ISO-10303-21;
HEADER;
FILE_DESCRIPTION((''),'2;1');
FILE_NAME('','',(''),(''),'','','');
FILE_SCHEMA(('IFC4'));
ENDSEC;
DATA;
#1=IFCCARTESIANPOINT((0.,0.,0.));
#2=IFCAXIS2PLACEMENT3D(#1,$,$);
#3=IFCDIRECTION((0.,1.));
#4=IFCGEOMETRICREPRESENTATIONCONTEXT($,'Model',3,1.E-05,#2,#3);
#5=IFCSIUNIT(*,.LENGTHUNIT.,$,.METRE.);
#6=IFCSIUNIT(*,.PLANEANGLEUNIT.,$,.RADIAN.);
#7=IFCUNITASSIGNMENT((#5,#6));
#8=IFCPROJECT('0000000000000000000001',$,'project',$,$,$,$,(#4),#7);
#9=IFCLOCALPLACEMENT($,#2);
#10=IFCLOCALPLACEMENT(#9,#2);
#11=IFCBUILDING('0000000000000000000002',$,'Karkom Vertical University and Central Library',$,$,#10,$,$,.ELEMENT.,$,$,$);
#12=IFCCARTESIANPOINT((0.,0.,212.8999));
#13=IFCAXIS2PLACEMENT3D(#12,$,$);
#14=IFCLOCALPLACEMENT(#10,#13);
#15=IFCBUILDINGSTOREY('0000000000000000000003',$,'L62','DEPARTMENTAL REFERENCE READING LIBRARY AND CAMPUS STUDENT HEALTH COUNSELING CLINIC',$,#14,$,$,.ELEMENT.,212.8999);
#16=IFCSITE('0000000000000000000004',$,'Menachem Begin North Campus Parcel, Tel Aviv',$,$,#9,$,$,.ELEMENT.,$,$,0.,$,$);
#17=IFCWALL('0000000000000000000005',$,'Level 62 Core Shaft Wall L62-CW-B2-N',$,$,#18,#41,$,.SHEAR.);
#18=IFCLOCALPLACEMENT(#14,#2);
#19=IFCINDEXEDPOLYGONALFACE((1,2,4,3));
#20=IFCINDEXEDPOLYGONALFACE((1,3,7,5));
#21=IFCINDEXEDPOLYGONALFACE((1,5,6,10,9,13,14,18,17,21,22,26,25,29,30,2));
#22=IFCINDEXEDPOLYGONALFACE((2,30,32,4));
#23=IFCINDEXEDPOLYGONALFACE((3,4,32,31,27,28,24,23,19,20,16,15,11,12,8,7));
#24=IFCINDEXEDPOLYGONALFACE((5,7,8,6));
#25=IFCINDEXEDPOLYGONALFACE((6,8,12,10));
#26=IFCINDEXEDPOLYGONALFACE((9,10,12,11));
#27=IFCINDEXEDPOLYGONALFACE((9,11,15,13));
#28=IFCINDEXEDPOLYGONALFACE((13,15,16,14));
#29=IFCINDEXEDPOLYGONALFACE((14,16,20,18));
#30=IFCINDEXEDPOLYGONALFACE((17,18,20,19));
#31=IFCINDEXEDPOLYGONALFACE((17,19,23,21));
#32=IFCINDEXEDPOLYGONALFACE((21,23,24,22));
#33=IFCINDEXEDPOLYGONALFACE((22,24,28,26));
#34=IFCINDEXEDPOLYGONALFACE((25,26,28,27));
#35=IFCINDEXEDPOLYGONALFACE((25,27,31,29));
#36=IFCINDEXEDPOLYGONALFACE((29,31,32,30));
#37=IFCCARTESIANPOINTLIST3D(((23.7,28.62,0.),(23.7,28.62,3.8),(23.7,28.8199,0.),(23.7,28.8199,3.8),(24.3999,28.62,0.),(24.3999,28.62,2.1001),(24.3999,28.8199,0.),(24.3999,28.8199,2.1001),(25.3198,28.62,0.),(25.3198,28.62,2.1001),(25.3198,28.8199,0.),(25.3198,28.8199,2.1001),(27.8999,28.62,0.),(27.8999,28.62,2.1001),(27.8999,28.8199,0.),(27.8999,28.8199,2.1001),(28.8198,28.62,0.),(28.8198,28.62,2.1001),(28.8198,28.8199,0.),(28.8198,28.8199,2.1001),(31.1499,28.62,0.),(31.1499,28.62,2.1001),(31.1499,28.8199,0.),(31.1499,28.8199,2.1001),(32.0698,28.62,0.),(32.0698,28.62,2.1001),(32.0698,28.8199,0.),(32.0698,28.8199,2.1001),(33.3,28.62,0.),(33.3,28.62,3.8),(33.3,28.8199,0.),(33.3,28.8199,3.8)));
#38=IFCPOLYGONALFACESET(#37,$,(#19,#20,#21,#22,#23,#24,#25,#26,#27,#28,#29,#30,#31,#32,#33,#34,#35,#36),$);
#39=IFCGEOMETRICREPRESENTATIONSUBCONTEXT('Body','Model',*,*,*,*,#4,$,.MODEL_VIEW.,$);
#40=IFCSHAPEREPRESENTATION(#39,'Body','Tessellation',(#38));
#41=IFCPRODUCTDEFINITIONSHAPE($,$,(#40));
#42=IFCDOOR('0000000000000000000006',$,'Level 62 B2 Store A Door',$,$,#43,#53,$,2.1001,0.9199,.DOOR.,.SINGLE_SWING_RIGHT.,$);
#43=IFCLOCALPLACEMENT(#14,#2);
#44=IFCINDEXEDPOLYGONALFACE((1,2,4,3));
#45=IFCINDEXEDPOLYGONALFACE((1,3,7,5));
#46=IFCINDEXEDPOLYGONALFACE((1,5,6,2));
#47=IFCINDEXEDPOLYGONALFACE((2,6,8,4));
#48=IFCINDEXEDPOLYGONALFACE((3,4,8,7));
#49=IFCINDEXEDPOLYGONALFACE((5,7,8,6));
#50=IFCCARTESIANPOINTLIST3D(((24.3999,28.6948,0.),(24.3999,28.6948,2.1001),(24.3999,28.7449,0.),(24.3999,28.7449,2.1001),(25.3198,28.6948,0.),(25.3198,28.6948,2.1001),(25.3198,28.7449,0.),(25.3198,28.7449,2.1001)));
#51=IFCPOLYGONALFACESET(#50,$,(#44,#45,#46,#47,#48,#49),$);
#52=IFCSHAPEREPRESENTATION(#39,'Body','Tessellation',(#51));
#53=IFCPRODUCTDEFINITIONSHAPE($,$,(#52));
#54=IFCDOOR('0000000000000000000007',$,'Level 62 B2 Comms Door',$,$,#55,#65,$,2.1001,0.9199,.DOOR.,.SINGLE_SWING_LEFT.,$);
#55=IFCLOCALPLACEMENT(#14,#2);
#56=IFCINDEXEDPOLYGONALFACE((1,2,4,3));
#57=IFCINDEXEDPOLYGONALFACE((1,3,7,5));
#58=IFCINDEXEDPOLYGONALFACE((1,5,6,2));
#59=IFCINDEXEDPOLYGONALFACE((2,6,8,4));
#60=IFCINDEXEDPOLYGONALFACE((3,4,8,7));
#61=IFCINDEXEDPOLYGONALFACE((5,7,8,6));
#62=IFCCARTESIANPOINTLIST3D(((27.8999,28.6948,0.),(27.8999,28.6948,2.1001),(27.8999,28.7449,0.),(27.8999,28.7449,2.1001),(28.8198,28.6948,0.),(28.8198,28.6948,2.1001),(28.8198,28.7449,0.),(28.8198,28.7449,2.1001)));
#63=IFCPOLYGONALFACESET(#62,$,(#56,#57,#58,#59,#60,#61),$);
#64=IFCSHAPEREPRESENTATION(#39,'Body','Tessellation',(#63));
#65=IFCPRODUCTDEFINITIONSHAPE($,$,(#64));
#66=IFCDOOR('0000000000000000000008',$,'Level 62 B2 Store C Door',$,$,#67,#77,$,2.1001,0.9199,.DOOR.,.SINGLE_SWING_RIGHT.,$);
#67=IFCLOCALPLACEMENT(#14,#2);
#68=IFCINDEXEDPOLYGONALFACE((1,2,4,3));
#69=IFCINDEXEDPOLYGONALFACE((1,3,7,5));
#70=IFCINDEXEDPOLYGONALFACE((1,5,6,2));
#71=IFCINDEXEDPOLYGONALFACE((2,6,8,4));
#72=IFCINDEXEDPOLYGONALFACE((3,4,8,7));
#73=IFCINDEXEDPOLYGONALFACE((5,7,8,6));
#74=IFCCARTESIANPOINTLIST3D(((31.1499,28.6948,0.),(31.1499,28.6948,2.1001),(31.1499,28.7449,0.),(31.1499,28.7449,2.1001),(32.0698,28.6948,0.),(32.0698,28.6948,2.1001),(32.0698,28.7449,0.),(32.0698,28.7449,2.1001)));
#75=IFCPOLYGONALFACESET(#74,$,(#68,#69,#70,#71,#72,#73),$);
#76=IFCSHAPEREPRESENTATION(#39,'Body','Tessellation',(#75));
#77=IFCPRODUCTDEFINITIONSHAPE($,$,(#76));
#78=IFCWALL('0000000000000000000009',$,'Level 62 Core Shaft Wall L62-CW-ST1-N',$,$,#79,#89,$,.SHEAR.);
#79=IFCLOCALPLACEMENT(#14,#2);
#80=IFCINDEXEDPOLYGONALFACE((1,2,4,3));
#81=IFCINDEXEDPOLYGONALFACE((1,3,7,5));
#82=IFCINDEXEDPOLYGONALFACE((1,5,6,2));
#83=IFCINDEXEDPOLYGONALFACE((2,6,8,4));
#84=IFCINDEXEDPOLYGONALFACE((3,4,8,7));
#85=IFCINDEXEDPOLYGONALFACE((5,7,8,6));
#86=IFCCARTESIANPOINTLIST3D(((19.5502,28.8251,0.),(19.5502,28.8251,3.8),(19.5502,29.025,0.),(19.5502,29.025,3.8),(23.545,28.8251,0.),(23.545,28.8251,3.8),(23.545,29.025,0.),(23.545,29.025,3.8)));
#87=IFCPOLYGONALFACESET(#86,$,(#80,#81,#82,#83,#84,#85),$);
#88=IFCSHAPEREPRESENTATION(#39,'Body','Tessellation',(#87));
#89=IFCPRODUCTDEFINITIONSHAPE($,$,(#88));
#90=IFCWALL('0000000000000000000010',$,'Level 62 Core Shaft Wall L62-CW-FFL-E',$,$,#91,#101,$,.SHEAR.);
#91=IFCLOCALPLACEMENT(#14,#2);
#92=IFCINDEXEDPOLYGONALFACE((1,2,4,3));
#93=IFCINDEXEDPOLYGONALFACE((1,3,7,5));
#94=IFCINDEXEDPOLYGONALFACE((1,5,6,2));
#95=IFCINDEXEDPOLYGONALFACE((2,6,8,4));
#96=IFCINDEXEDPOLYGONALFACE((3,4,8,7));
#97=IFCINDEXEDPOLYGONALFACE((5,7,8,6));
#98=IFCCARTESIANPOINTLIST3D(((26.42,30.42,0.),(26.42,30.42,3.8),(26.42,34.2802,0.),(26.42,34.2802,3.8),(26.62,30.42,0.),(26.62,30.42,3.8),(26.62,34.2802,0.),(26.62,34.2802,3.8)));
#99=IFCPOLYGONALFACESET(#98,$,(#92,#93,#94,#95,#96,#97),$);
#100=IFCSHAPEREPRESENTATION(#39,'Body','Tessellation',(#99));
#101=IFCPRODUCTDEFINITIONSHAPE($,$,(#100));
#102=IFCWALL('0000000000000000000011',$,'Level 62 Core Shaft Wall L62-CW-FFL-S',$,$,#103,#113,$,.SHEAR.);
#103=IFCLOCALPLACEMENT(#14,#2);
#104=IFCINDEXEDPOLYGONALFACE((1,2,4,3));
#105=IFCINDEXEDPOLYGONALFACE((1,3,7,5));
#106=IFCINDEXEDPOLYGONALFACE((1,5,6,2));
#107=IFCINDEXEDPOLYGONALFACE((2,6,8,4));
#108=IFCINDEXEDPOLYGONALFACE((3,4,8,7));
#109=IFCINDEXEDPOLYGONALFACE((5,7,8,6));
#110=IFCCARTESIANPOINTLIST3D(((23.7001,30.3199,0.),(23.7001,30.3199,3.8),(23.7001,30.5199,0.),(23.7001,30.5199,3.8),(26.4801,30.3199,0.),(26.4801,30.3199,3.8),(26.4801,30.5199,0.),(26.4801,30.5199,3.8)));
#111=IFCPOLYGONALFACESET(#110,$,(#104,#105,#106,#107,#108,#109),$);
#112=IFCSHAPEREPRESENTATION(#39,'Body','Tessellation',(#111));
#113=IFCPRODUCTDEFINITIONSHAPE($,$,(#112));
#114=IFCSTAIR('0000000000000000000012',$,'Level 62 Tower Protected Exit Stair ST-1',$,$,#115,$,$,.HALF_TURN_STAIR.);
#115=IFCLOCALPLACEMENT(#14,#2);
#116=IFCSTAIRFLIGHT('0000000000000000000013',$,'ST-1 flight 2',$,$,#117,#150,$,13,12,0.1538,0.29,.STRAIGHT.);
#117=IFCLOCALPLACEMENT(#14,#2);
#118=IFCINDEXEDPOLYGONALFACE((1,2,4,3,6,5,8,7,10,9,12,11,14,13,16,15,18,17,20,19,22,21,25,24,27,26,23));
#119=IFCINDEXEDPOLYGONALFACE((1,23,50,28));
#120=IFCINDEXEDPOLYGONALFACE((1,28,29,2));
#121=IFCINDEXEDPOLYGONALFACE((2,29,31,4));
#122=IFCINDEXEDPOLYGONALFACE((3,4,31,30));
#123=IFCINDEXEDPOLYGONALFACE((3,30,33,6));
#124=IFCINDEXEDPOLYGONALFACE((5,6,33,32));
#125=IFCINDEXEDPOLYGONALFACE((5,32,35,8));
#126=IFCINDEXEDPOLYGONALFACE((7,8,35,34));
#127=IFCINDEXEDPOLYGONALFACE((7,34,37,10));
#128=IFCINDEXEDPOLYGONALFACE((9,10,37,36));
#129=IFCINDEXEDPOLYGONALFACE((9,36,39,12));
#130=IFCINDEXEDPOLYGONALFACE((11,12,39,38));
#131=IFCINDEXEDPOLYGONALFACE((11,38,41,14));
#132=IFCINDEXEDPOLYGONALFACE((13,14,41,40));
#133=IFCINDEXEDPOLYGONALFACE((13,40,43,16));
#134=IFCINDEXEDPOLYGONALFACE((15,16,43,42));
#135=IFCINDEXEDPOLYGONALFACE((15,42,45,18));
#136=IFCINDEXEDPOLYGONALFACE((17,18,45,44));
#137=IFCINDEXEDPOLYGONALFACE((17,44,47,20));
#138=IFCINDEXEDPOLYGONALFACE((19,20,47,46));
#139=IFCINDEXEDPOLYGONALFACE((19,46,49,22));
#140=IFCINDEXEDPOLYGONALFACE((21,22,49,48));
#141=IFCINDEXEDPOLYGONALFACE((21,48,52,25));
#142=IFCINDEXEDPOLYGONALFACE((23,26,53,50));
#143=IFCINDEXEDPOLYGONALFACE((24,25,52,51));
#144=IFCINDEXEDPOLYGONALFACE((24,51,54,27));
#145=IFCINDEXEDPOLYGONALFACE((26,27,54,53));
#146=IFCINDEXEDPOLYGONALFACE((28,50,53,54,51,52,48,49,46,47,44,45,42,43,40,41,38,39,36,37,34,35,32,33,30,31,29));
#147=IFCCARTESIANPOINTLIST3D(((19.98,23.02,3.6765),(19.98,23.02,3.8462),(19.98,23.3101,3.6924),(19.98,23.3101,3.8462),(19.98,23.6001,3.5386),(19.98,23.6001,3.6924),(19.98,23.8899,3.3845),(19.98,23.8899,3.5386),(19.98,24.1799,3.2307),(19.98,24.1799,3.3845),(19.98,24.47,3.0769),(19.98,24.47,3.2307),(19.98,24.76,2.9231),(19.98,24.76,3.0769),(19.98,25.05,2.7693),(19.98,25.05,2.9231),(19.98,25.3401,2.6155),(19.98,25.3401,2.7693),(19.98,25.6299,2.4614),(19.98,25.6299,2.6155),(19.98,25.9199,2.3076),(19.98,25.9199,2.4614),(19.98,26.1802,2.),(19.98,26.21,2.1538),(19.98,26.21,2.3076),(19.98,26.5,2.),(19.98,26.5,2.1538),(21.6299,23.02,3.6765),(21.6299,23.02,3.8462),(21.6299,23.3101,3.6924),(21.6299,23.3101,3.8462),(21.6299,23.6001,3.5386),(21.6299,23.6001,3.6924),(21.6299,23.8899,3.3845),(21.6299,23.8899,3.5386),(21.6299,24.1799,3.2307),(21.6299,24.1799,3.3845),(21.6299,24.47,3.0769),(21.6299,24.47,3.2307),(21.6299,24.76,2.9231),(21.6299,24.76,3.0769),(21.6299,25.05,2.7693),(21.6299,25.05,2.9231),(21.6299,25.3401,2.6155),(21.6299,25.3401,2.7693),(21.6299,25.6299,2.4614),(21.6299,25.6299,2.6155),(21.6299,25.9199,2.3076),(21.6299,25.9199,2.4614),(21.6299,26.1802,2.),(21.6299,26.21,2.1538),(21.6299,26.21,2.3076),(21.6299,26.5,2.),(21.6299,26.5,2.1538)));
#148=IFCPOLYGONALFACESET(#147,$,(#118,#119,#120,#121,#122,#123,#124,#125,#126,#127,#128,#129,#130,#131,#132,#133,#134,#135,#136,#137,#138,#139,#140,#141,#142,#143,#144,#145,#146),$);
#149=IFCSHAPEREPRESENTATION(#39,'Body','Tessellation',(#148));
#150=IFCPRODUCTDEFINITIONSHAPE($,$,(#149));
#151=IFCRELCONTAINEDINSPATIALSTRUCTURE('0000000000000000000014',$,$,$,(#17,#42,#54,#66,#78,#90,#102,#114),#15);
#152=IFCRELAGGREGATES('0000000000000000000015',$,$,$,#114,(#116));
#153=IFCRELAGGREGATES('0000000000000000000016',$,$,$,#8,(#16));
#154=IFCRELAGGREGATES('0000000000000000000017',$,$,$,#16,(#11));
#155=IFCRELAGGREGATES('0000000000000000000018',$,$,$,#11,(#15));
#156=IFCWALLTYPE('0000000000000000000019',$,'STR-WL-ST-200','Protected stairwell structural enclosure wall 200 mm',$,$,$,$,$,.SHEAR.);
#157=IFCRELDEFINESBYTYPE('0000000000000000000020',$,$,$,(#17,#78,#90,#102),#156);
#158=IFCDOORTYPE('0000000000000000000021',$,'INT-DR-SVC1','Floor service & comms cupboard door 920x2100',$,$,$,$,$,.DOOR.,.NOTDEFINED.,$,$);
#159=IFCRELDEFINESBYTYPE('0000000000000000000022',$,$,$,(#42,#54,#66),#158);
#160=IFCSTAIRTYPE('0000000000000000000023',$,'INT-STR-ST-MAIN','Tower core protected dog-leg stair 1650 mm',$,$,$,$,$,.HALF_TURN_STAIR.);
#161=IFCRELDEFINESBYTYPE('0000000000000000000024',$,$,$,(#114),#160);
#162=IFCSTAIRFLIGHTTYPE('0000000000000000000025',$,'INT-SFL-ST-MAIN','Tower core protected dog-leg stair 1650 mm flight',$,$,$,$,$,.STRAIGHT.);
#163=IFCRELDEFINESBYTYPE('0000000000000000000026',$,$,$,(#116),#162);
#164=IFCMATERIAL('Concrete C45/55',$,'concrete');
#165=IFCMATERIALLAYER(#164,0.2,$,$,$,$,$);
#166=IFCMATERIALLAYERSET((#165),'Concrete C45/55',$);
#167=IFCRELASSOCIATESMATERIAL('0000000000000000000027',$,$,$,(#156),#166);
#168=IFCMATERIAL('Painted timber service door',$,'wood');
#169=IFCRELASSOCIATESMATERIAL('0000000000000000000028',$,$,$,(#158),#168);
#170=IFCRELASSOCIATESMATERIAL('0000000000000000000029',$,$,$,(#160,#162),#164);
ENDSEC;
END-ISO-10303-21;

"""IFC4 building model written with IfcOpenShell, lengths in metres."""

from ifc_helpers import new_model, si_unit, direction, frame, frame_2d, origin, origin_with_axes, place, context, subcontext, project, spatial, polyline, rectangle, outline, extrude, source, transform, mapped, material, layer, layer_set, type_object, element, fill, aggregate, save


model = new_model("IFC4")

# Units and contexts
model_context = context("Model", 3, precision=1e-05, world=origin(), true_north=direction((0.0, 1.0)))
body_context = subcontext(model_context, "Body", "Model", "MODEL_VIEW")
ifc_project = project(units=[si_unit("LENGTHUNIT", "METRE"), si_unit("PLANEANGLEUNIT", "RADIAN")], contexts=[model_context])

# Site, building, storey
site_placement = place(None, origin())
site = spatial("IfcSite", under=ifc_project, at=site_placement, Name="Menachem Begin North Campus Parcel, Tel Aviv", CompositionType="ELEMENT", RefElevation=0.0)
building_placement = place(site_placement, origin())
building = spatial("IfcBuilding", under=site, at=building_placement, Name="Karkom Vertical University and Central Library", CompositionType="ELEMENT")
storey_placement = place(building_placement, frame((0.0, 0.0, 212.8999)))
storey = spatial("IfcBuildingStorey", under=building, at=storey_placement, Name="L62", Description="DEPARTMENTAL REFERENCE READING LIBRARY AND CAMPUS STUDENT HEALTH COUNSELING CLINIC", CompositionType="ELEMENT", Elevation=212.8999)

# Shared definitions
ifc_material_1 = material(Name="Concrete C45/55", Category="concrete")

# Wall, openings, doors
ifc_layer_1 = layer(ifc_material_1, 0.2)
ifc_layer_set_1 = layer_set([ifc_layer_1], Name="Concrete C45/55")
wall_type_1 = type_object("IfcWallType", Name="STR-WL-ST-200", Description="Protected stairwell structural enclosure wall 200 mm", PredefinedType="SHEAR", material=ifc_layer_set_1)
wall_1_placement = place(storey_placement, frame((23.7, 28.72, 0.0), z_axis=(0.0, 0.0, 1.0), x_axis=(1.0, 0.0, 0.0)))
wall_1 = element("IfcWall", 1, at=wall_1_placement, inside=storey, type_object=wall_type_1, Name="Level 62 Core Shaft Wall L62-CW-B2-N", PredefinedType="SHEAR", context=body_context, shape_type="SweptSolid", body=[
    extrude(rectangle(XDim=9.6001, YDim=0.2, at=frame_2d((4.8, 0.0))), origin(), (0.0, 0.0, 1.0), 3.8),
])
opening_1_placement = place(wall_1_placement, frame((0.7, 0.0, 0.0)))
opening_1 = element("IfcOpeningElement", 2, at=opening_1_placement, cuts=wall_1, PredefinedType="OPENING", context=body_context, shape_type="SweptSolid", body=[
    extrude(rectangle(XDim=0.9199, YDim=2.1001, at=frame_2d((0.46, 1.05))), frame((0.0, 0.1099, 0.0), z_axis=(0.0, -1.0, 0.0), x_axis=(1.0, 0.0, 0.0)), (0.0, 0.0, 1.0), 0.22),
])
opening_2_placement = place(wall_1_placement, frame((4.2, 0.0, 0.0)))
opening_2 = element("IfcOpeningElement", 3, at=opening_2_placement, cuts=wall_1, PredefinedType="OPENING", context=body_context, shape_type="SweptSolid", body=[
    extrude(rectangle(XDim=0.9199, YDim=2.1001, at=frame_2d((0.46, 1.05))), frame((0.0, 0.1099, 0.0), z_axis=(0.0, -1.0, 0.0), x_axis=(1.0, 0.0, 0.0)), (0.0, 0.0, 1.0), 0.22),
])
opening_3_placement = place(wall_1_placement, frame((7.45, 0.0, 0.0)))
opening_3 = element("IfcOpeningElement", 4, at=opening_3_placement, cuts=wall_1, PredefinedType="OPENING", context=body_context, shape_type="SweptSolid", body=[
    extrude(rectangle(XDim=0.9199, YDim=2.1001, at=frame_2d((0.46, 1.05))), frame((0.0, 0.1099, 0.0), z_axis=(0.0, -1.0, 0.0), x_axis=(1.0, 0.0, 0.0)), (0.0, 0.0, 1.0), 0.22),
])
ifc_material_2 = material(Name="Painted timber service door", Category="wood")
door_type_1 = type_object("IfcDoorType", Name="INT-DR-SVC1", Description="Floor service & comms cupboard door 920x2100", OperationType="NOTDEFINED", PredefinedType="DOOR", material=ifc_material_2)
shared_shape_1 = source(origin_with_axes(), body_context, "Body", "SweptSolid", [
    extrude(rectangle(XDim=0.9199, YDim=2.1001, at=frame_2d((0.46, 1.05))), frame((0.0, 0.0249, 0.0), z_axis=(0.0, -1.0, 0.0), x_axis=(1.0, 0.0, 0.0)), (0.0, 0.0, 1.0), 0.05),
])
door_1_placement = place(opening_1_placement, origin())
door_1 = element("IfcDoor", 5, at=door_1_placement, inside=storey, type_object=door_type_1, Name="Level 62 B2 Store A Door", OperationType="SINGLE_SWING_RIGHT", OverallHeight=2.1001, OverallWidth=0.9199, PredefinedType="DOOR", context=body_context, shape_type="MappedRepresentation", body=[
    mapped(shared_shape_1, transform((0.0, 0.0, 0.0), scale=1.0)),
])
fill(opening_1, door_1)
door_2_placement = place(opening_2_placement, origin())
door_2 = element("IfcDoor", 6, at=door_2_placement, inside=storey, type_object=door_type_1, Name="Level 62 B2 Comms Door", OperationType="SINGLE_SWING_LEFT", OverallHeight=2.1001, OverallWidth=0.9199, PredefinedType="DOOR", context=body_context, shape_type="MappedRepresentation", body=[
    mapped(shared_shape_1, transform((0.0, 0.0, 0.0), scale=1.0)),
])
fill(opening_2, door_2)
door_3_placement = place(opening_3_placement, origin())
door_3 = element("IfcDoor", 7, at=door_3_placement, inside=storey, type_object=door_type_1, Name="Level 62 B2 Store C Door", OperationType="SINGLE_SWING_RIGHT", OverallHeight=2.1001, OverallWidth=0.9199, PredefinedType="DOOR", context=body_context, shape_type="MappedRepresentation", body=[
    mapped(shared_shape_1, transform((0.0, 0.0, 0.0), scale=1.0)),
])
fill(opening_3, door_3)

# Walls
wall_2_placement = place(storey_placement, frame((19.55, 28.925, 0.0), z_axis=(0.0, 0.0, 1.0), x_axis=(1.0, 0.0, 0.0)))
element("IfcWall", 8, at=wall_2_placement, inside=storey, type_object=wall_type_1, Name="Level 62 Core Shaft Wall L62-CW-ST1-N", PredefinedType="SHEAR", context=body_context, shape_type="SweptSolid", body=[
    extrude(rectangle(XDim=3.9949, YDim=0.2, at=frame_2d((1.9976, 0.0))), origin(), (0.0, 0.0, 1.0), 3.8),
])
wall_3_placement = place(storey_placement, frame((26.52, 30.4199, 0.0), z_axis=(0.0, 0.0, 1.0), x_axis=(0.0, 1.0, 0.0)))
element("IfcWall", 9, at=wall_3_placement, inside=storey, type_object=wall_type_1, Name="Level 62 Core Shaft Wall L62-CW-FFL-E", PredefinedType="SHEAR", context=body_context, shape_type="SweptSolid", body=[
    extrude(rectangle(XDim=3.8601, YDim=0.2, at=frame_2d((1.9302, 0.0))), origin(), (0.0, 0.0, 1.0), 3.8),
])
wall_4_placement = place(storey_placement, frame((23.7, 30.4199, 0.0), z_axis=(0.0, 0.0, 1.0), x_axis=(1.0, 0.0, 0.0)))
element("IfcWall", 10, at=wall_4_placement, inside=storey, type_object=wall_type_1, Name="Level 62 Core Shaft Wall L62-CW-FFL-S", PredefinedType="SHEAR", context=body_context, shape_type="SweptSolid", body=[
    extrude(rectangle(XDim=2.78, YDim=0.2, at=frame_2d((1.3901, 0.0))), origin(), (0.0, 0.0, 1.0), 3.8),
])

# Stair, stair flight
stair_type = type_object("IfcStairType", Name="INT-STR-ST-MAIN", Description="Tower core protected dog-leg stair 1650 mm", PredefinedType="HALF_TURN_STAIR", material=ifc_material_1)
stair_placement = place(storey_placement, origin())
stair = element("IfcStair", 11, at=stair_placement, inside=storey, type_object=stair_type, Name="Level 62 Tower Protected Exit Stair ST-1", PredefinedType="HALF_TURN_STAIR")
stair_flight_type = type_object("IfcStairFlightType", Name="INT-SFL-ST-MAIN", Description="Tower core protected dog-leg stair 1650 mm flight", PredefinedType="STRAIGHT", material=ifc_material_1)
stair_flight_placement = place(storey_placement, frame((20.8049, 26.5, 2.0), z_axis=(0.0, 0.0, 1.0), x_axis=(0.0, -1.0, 0.0)))
stair_flight = element("IfcStairFlight", 12, at=stair_flight_placement, type_object=stair_flight_type, Name="ST-1 flight 2", NumberOfRisers=13, NumberOfTreads=12, PredefinedType="STRAIGHT", RiserHeight=0.1538, TreadLength=0.29, context=body_context, shape_type="SweptSolid", body=[
    extrude(outline(polyline([(0.0, 0.0), (0.0, 0.1538), (0.29, 0.1538), (0.29, 0.3076), (0.5801, 0.3076), (0.5801, 0.4614), (0.8701, 0.4614), (0.8701, 0.6155), (1.1599, 0.6155), (1.1599, 0.7693), (1.45, 0.7693), (1.45, 0.9231), (1.74, 0.9231), (1.74, 1.0769), (2.03, 1.0769), (2.03, 1.2307), (2.3201, 1.2307), (2.3201, 1.3845), (2.6101, 1.3845), (2.6101, 1.5386), (2.8999, 1.5386), (2.8999, 1.6924), (3.1899, 1.6924), (3.1899, 1.8462), (3.48, 1.8462), (3.48, 2.0), (3.48, 1.6765), (0.3198, 0.0), (0.0, 0.0)])), frame((0.0, 0.825, 0.0), z_axis=(0.0, -1.0, 0.0), x_axis=(1.0, 0.0, 0.0)), (0.0, 0.0, 1.0), 1.6499),
])
aggregate(stair, [stair_flight])

save(model, "model.ifc")
